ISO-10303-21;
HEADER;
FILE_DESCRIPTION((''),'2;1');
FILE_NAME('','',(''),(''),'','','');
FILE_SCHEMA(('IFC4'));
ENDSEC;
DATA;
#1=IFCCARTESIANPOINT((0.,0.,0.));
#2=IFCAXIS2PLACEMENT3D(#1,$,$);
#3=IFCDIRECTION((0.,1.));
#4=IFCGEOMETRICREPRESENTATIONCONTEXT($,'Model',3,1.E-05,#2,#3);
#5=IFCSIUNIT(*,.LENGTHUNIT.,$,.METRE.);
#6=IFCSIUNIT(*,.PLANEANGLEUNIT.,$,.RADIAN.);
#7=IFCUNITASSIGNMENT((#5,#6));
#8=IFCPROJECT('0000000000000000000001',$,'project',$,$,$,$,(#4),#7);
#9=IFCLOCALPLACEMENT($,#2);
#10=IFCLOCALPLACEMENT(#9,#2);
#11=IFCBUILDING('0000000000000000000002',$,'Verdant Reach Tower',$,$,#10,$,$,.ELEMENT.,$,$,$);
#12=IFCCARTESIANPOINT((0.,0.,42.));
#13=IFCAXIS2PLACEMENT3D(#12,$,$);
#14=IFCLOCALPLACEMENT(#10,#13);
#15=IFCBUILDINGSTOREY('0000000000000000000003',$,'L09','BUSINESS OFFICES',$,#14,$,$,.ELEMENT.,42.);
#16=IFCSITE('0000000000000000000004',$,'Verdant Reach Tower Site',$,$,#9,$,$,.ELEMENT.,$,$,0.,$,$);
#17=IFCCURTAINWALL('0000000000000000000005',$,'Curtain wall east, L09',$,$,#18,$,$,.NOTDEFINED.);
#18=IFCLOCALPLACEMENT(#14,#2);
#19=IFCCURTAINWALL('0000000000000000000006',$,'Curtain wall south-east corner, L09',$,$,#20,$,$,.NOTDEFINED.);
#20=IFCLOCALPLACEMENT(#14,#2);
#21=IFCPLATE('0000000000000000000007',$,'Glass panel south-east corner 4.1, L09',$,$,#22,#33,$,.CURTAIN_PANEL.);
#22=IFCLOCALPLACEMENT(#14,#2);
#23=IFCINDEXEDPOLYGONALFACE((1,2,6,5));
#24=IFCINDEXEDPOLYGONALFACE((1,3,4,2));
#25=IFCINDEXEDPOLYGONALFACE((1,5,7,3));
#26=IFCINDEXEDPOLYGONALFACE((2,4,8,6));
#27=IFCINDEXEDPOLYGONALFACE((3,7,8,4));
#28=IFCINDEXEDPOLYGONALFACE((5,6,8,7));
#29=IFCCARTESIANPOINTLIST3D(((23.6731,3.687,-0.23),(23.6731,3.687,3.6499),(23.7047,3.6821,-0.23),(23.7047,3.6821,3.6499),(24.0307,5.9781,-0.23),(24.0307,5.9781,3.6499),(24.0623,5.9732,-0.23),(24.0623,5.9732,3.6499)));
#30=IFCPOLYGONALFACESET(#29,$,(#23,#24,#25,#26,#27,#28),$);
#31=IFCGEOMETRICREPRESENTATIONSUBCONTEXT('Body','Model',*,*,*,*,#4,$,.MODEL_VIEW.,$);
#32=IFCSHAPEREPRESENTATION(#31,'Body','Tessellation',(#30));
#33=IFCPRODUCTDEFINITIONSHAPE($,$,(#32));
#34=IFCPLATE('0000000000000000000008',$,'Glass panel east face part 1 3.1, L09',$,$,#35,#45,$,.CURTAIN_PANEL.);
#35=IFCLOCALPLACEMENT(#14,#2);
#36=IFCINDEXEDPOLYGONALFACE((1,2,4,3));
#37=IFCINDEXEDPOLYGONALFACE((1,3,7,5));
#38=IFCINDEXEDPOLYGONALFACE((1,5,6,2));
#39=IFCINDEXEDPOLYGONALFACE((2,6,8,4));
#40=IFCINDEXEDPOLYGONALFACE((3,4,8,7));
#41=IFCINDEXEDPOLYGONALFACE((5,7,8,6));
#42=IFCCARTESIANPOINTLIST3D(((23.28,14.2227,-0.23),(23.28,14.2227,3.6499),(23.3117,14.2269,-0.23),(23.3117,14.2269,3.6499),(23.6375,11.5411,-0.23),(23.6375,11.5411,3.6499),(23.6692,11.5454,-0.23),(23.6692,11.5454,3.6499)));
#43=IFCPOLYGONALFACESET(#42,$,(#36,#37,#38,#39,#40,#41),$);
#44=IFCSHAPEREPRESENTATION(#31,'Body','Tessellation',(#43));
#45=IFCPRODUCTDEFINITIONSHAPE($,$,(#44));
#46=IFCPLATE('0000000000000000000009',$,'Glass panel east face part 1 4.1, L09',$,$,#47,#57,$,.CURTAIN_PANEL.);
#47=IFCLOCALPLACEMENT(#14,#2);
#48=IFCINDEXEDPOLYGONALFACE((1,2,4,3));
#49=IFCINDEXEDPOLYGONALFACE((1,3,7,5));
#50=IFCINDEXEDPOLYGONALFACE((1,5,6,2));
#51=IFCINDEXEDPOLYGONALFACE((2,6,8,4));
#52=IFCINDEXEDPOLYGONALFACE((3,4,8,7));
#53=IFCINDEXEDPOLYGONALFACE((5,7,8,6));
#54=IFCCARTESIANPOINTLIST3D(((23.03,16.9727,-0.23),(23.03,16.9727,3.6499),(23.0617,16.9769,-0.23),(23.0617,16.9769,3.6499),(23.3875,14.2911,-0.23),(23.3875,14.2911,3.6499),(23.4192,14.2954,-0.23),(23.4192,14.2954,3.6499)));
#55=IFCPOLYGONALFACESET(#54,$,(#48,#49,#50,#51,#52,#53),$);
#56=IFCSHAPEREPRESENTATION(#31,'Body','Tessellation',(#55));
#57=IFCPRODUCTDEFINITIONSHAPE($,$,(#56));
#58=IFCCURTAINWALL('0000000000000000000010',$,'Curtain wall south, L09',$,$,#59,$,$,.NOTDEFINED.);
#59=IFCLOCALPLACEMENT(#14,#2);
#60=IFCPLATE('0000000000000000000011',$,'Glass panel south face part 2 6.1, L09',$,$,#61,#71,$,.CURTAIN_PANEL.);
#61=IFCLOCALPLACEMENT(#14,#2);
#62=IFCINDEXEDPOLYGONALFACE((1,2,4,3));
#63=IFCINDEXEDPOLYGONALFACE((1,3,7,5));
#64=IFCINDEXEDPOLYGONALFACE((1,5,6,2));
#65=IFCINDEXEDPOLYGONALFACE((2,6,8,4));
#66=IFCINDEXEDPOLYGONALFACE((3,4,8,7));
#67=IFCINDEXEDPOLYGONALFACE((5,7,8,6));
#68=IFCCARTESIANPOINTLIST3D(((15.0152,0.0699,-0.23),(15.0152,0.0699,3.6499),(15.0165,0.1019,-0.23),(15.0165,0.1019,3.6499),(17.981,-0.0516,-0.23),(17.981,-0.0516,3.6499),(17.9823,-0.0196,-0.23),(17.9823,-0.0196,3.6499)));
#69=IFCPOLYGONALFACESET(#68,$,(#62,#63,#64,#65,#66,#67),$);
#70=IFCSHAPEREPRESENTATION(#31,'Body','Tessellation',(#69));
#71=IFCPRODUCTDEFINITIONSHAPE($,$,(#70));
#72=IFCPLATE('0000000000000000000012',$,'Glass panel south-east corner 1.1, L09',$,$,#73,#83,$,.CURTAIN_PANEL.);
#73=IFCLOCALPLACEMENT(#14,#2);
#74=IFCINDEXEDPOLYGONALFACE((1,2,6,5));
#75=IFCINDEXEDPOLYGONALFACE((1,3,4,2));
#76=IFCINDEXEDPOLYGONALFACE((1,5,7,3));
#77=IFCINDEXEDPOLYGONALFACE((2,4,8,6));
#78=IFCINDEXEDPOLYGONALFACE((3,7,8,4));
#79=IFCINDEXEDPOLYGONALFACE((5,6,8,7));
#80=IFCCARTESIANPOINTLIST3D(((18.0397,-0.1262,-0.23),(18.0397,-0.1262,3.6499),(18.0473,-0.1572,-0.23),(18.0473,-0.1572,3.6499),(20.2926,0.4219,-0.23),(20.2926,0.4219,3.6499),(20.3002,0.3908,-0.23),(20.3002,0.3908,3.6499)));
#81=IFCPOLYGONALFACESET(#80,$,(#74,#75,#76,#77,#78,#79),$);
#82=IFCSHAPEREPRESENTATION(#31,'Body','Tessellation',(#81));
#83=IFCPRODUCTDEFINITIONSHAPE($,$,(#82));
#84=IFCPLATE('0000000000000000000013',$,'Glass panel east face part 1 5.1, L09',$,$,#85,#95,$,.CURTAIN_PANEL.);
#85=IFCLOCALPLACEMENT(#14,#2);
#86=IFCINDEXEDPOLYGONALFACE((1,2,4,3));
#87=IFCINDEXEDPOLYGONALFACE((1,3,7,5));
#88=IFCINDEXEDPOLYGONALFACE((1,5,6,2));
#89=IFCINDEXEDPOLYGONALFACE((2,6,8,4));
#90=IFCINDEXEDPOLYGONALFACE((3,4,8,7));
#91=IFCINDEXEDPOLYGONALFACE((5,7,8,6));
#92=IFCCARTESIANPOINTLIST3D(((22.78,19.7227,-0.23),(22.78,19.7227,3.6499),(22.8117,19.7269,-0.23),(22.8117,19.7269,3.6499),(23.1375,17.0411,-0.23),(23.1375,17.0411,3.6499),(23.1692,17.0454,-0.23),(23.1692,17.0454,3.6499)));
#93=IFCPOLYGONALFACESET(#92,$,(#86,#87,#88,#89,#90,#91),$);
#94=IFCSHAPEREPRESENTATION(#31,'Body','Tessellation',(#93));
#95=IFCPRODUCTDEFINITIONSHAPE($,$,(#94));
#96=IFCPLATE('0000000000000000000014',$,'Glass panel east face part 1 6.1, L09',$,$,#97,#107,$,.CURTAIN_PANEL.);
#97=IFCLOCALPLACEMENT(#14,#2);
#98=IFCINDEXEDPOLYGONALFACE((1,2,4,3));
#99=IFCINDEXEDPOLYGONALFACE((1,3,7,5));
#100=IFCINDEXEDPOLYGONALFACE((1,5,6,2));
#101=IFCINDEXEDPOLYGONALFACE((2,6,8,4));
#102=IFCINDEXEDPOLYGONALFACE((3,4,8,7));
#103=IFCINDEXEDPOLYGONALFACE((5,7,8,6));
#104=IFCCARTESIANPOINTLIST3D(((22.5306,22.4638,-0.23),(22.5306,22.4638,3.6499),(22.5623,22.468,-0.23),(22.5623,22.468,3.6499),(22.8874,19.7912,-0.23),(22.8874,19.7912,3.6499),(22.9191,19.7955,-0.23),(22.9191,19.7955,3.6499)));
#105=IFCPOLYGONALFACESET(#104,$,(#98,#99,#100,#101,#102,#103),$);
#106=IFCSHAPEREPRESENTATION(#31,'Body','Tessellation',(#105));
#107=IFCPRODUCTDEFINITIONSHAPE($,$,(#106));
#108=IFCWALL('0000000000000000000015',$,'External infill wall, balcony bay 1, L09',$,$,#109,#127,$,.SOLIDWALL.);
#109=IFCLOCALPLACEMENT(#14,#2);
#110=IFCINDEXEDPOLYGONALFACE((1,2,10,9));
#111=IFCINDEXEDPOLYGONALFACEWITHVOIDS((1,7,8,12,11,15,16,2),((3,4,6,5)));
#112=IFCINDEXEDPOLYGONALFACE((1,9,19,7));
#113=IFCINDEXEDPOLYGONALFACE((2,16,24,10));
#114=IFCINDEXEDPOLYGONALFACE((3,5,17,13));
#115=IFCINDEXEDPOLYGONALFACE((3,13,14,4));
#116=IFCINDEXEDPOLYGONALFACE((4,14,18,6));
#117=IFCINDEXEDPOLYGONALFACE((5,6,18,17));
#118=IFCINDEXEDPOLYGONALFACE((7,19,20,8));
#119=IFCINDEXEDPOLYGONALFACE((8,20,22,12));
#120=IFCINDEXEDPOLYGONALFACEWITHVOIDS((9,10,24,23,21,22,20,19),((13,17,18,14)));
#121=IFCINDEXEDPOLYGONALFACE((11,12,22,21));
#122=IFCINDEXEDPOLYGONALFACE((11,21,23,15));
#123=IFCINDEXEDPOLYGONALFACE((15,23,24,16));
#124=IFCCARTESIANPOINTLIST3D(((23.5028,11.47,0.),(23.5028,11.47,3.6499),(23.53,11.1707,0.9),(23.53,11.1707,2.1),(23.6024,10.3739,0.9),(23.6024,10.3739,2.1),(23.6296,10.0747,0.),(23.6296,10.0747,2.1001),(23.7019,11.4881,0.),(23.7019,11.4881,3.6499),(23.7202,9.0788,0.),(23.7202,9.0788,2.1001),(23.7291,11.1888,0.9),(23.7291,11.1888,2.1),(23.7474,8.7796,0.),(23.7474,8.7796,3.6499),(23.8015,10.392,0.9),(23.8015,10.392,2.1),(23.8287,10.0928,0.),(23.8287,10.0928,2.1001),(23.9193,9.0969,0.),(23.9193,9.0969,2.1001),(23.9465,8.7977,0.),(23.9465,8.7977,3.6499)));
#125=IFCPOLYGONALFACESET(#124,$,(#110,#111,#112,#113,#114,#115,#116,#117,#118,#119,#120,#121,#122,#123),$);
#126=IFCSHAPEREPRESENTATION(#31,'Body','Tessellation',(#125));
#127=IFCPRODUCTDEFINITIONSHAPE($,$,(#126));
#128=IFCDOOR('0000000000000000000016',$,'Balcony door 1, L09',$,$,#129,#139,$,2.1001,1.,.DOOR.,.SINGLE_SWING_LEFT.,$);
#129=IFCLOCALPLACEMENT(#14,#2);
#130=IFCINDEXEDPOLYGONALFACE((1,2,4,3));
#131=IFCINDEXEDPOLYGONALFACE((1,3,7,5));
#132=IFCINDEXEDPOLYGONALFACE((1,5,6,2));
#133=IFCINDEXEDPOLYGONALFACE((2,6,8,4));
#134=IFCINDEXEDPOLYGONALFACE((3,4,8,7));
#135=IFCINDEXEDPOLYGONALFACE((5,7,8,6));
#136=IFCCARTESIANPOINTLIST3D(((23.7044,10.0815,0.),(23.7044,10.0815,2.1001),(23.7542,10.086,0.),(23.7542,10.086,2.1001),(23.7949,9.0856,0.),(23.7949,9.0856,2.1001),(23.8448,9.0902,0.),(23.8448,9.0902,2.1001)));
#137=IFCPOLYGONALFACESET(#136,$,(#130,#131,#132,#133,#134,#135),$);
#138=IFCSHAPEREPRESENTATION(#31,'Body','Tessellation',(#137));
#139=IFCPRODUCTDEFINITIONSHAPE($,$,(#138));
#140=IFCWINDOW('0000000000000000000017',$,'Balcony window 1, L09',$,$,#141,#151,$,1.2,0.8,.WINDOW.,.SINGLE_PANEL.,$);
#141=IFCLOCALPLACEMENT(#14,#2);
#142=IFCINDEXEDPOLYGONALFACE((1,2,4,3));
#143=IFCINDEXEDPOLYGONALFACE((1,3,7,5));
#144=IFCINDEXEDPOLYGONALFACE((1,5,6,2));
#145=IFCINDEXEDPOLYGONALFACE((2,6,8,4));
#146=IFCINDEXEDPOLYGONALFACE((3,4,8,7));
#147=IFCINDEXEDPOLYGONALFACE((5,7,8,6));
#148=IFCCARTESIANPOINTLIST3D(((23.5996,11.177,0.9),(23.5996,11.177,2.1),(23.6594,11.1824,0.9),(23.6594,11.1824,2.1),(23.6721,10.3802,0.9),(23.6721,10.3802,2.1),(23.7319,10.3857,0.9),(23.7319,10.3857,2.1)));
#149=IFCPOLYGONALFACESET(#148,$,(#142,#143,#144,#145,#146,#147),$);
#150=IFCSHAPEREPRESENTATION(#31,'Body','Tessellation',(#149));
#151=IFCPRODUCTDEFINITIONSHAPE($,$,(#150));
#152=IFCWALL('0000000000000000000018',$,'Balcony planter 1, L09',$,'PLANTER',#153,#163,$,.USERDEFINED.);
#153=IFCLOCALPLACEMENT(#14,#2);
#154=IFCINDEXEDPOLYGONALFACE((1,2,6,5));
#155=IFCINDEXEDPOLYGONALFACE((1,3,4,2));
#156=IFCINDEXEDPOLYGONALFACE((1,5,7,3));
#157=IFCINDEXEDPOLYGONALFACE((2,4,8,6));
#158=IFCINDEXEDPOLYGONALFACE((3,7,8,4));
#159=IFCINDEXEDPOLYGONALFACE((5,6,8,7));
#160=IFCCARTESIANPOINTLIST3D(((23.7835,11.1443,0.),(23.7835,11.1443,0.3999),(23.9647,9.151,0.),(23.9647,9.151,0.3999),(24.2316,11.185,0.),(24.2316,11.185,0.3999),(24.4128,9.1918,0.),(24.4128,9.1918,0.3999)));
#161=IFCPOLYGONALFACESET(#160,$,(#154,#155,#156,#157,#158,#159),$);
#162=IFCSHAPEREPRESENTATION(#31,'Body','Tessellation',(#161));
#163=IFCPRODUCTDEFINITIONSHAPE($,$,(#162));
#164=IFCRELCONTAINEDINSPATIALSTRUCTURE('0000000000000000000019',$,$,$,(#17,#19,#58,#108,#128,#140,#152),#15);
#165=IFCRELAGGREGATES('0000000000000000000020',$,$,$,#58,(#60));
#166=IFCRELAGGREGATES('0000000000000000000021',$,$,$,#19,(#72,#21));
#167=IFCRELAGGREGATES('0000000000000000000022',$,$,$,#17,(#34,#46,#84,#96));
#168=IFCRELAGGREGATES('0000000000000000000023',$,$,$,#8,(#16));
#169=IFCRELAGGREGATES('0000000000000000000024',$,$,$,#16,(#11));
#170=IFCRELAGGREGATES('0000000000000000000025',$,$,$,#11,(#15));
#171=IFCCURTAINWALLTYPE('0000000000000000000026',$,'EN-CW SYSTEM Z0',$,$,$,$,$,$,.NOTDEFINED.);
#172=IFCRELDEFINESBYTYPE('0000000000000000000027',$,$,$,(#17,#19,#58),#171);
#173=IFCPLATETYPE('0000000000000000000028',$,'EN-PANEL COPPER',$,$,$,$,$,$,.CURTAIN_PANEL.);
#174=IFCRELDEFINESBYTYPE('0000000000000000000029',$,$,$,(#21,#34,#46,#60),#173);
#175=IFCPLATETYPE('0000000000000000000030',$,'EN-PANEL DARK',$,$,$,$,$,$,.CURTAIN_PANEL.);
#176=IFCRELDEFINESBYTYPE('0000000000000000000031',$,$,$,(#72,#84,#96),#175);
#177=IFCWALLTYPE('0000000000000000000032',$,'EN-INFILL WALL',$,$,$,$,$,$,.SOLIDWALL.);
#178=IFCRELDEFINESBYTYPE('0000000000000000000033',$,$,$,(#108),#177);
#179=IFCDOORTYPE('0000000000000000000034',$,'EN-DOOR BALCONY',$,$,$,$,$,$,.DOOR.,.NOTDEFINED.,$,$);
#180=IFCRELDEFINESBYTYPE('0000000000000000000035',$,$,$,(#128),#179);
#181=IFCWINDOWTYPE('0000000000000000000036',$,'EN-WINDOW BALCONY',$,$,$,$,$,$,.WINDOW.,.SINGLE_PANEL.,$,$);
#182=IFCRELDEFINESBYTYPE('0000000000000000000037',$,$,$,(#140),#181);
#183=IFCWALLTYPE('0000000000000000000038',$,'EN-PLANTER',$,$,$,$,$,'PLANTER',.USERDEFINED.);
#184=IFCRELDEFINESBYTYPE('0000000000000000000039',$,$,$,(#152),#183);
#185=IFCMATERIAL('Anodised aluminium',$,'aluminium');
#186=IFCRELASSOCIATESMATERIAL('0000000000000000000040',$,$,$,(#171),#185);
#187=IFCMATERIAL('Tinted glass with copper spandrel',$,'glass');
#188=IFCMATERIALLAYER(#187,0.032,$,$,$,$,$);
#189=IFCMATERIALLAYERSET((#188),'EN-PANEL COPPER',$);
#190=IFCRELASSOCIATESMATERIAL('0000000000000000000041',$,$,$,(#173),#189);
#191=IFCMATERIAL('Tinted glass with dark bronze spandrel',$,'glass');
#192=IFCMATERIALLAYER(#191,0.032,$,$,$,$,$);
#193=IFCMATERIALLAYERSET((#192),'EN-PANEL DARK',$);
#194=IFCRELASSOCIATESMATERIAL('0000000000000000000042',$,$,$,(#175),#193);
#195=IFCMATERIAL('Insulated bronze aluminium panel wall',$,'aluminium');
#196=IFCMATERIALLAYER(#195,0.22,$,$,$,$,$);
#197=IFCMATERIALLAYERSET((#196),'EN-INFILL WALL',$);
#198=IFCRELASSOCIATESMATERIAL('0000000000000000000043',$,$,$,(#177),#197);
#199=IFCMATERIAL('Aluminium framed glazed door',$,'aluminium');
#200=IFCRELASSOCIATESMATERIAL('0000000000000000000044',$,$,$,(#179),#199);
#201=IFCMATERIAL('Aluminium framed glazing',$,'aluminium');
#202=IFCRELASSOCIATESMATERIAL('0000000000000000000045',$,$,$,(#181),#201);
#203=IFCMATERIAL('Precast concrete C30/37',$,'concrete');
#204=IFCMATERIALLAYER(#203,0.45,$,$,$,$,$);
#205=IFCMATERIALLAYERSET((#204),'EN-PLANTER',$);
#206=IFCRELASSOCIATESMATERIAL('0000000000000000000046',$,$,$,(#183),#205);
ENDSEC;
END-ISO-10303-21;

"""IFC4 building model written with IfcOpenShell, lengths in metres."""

from ifc_helpers import new_model, si_unit, direction, frame, frame_2d, origin, origin_2d, place, context, subcontext, project, spatial, rectangle, extrude, material, layer, layer_set, type_object, element, fill, aggregate, save


model = new_model("IFC4")

# Units and contexts
model_context = context("Model", 3, precision=1e-05, world=origin(), true_north=direction((0.0, 1.0)))
body_context = subcontext(model_context, "Body", "Model", "MODEL_VIEW")
ifc_project = project(units=[si_unit("LENGTHUNIT", "METRE"), si_unit("PLANEANGLEUNIT", "RADIAN")], contexts=[model_context])

# Site, building, storey
site_placement = place(None, origin())
site = spatial("IfcSite", under=ifc_project, at=site_placement, Name="Verdant Reach Tower Site", CompositionType="ELEMENT", RefElevation=0.0)
building_placement = place(site_placement, origin())
building = spatial("IfcBuilding", under=site, at=building_placement, Name="Verdant Reach Tower", CompositionType="ELEMENT")
storey_placement = place(building_placement, frame((0.0, 0.0, 42.0)))
storey = spatial("IfcBuildingStorey", under=building, at=storey_placement, Name="L09", Description="BUSINESS OFFICES", CompositionType="ELEMENT", Elevation=42.0)

# Curtain wall
ifc_material_1 = material(Name="Anodised aluminium", Category="aluminium")
curtain_wall_type = type_object("IfcCurtainWallType", Name="EN-CW SYSTEM Z0", PredefinedType="NOTDEFINED", material=ifc_material_1)
curtain_wall_1_placement = place(storey_placement, origin())
curtain_wall_1 = element("IfcCurtainWall", 1, at=curtain_wall_1_placement, inside=storey, type_object=curtain_wall_type, Name="Curtain wall east, L09", PredefinedType="NOTDEFINED")

# Curtain wall
curtain_wall_2_placement = place(storey_placement, origin())
curtain_wall_2 = element("IfcCurtainWall", 2, at=curtain_wall_2_placement, inside=storey, type_object=curtain_wall_type, Name="Curtain wall south-east corner, L09", PredefinedType="NOTDEFINED")

# Plates
ifc_material_2 = material(Name="Tinted glass with copper spandrel", Category="glass")
ifc_layer_1 = layer(ifc_material_2, 0.032)
ifc_layer_set_1 = layer_set([ifc_layer_1], Name="EN-PANEL COPPER")
plate_type_1 = type_object("IfcPlateType", Name="EN-PANEL COPPER", PredefinedType="CURTAIN_PANEL", material=ifc_layer_set_1)
plate_1_placement = place(storey_placement, frame((23.8677, 4.8301, -0.23), z_axis=(0.0, 0.0, 1.0), x_axis=(0.154211, 0.988038, 0.0)))
plate_1 = element("IfcPlate", 3, at=plate_1_placement, type_object=plate_type_1, Name="Glass panel south-east corner 4.1, L09", PredefinedType="CURTAIN_PANEL", context=body_context, shape_type="SweptSolid", body=[
    extrude(rectangle(XDim=2.3188, YDim=0.032, at=origin_2d()), origin(), (0.0, 0.0, 1.0), 3.8799),
])
plate_2_placement = place(storey_placement, frame((23.4746, 12.884, -0.23), z_axis=(0.0, 0.0, 1.0), x_axis=(-0.13216, 0.991228, 0.0)))
plate_2 = element("IfcPlate", 4, at=plate_2_placement, type_object=plate_type_1, Name="Glass panel east face part 1 3.1, L09", PredefinedType="CURTAIN_PANEL", context=body_context, shape_type="SweptSolid", body=[
    extrude(rectangle(XDim=2.7053, YDim=0.032, at=origin_2d()), origin(), (0.0, 0.0, 1.0), 3.8799),
])
plate_3_placement = place(storey_placement, frame((23.2246, 15.634, -0.23), z_axis=(0.0, 0.0, 1.0), x_axis=(-0.13216, 0.991228, 0.0)))
plate_3 = element("IfcPlate", 5, at=plate_3_placement, type_object=plate_type_1, Name="Glass panel east face part 1 4.1, L09", PredefinedType="CURTAIN_PANEL", context=body_context, shape_type="SweptSolid", body=[
    extrude(rectangle(XDim=2.7053, YDim=0.032, at=origin_2d()), origin(), (0.0, 0.0, 1.0), 3.8799),
])

# Curtain wall, plate
curtain_wall_3_placement = place(storey_placement, origin())
curtain_wall_3 = element("IfcCurtainWall", 6, at=curtain_wall_3_placement, inside=storey, type_object=curtain_wall_type, Name="Curtain wall south, L09", PredefinedType="NOTDEFINED")
plate_4_placement = place(storey_placement, frame((16.4988, 0.0251, -0.23), z_axis=(0.0, 0.0, 1.0), x_axis=(0.999162, -0.04092, 0.0)))
plate_4 = element("IfcPlate", 7, at=plate_4_placement, type_object=plate_type_1, Name="Glass panel south face part 2 6.1, L09", PredefinedType="CURTAIN_PANEL", context=body_context, shape_type="SweptSolid", body=[
    extrude(rectangle(XDim=2.9683, YDim=0.032, at=origin_2d()), origin(), (0.0, 0.0, 1.0), 3.8799),
])
aggregate(curtain_wall_3, [plate_4])

# Plates
ifc_material_3 = material(Name="Tinted glass with dark bronze spandrel", Category="glass")
ifc_layer_2 = layer(ifc_material_3, 0.032)
ifc_layer_set_2 = layer_set([ifc_layer_2], Name="EN-PANEL DARK")
plate_type_2 = type_object("IfcPlateType", Name="EN-PANEL DARK", PredefinedType="CURTAIN_PANEL", material=ifc_layer_set_2)
plate_5_placement = place(storey_placement, frame((19.1699, 0.1323, -0.23), z_axis=(0.0, 0.0, 1.0), x_axis=(0.971663, 0.236369, 0.0)))
plate_5 = element("IfcPlate", 8, at=plate_5_placement, type_object=plate_type_2, Name="Glass panel south-east corner 1.1, L09", PredefinedType="CURTAIN_PANEL", context=body_context, shape_type="SweptSolid", body=[
    extrude(rectangle(XDim=2.3186, YDim=0.032, at=origin_2d()), origin(), (0.0, 0.0, 1.0), 3.8799),
])
aggregate(curtain_wall_2, [plate_5, plate_1])
plate_6_placement = place(storey_placement, frame((22.9746, 18.384, -0.23), z_axis=(0.0, 0.0, 1.0), x_axis=(-0.13216, 0.991228, 0.0)))
plate_6 = element("IfcPlate", 9, at=plate_6_placement, type_object=plate_type_2, Name="Glass panel east face part 1 5.1, L09", PredefinedType="CURTAIN_PANEL", context=body_context, shape_type="SweptSolid", body=[
    extrude(rectangle(XDim=2.7053, YDim=0.032, at=origin_2d()), origin(), (0.0, 0.0, 1.0), 3.8799),
])
plate_7_placement = place(storey_placement, frame((22.7249, 21.1296, -0.23), z_axis=(0.0, 0.0, 1.0), x_axis=(-0.132308, 0.991209, 0.0)))
plate_7 = element("IfcPlate", 10, at=plate_7_placement, type_object=plate_type_2, Name="Glass panel east face part 1 6.1, L09", PredefinedType="CURTAIN_PANEL", context=body_context, shape_type="SweptSolid", body=[
    extrude(rectangle(XDim=2.6963, YDim=0.032, at=origin_2d()), origin(), (0.0, 0.0, 1.0), 3.8799),
])
aggregate(curtain_wall_1, [plate_2, plate_3, plate_6, plate_7])

# Wall, openings, door, window
ifc_material_4 = material(Name="Insulated bronze aluminium panel wall", Category="aluminium")
ifc_layer_3 = layer(ifc_material_4, 0.22)
ifc_layer_set_3 = layer_set([ifc_layer_3], Name="EN-INFILL WALL")
wall_type_1 = type_object("IfcWallType", Name="EN-INFILL WALL", PredefinedType="SOLIDWALL", material=ifc_layer_set_3)
wall_1_placement = place(storey_placement, frame((23.8469, 8.7888, 0.0), z_axis=(0.0, 0.0, 1.0), x_axis=(-0.090552, 0.995892, 0.0)))
wall_1 = element("IfcWall", 11, at=wall_1_placement, inside=storey, type_object=wall_type_1, Name="External infill wall, balcony bay 1, L09", PredefinedType="SOLIDWALL", context=body_context, shape_type="SweptSolid", body=[
    extrude(rectangle(XDim=2.7014, YDim=0.2, at=frame_2d((1.3506, 0.0))), origin(), (0.0, 0.0, 1.0), 3.6499),
])
opening_1_placement = place(wall_1_placement, frame((0.3003, 0.0, 0.0)))
opening_1 = element("IfcOpeningElement", 12, at=opening_1_placement, cuts=wall_1, PredefinedType="OPENING", context=body_context, shape_type="SweptSolid", body=[
    extrude(rectangle(XDim=1.0, YDim=2.1001, at=frame_2d((0.5, 1.05))), frame((0.0, 0.1099, 0.0), z_axis=(0.0, -1.0, 0.0), x_axis=(1.0, 0.0, 0.0)), (0.0, 0.0, 1.0), 0.22),
])
opening_2_placement = place(wall_1_placement, frame((1.6008, 0.0, 0.8999)))
opening_2 = element("IfcOpeningElement", 13, at=opening_2_placement, cuts=wall_1, PredefinedType="OPENING", context=body_context, shape_type="SweptSolid", body=[
    extrude(rectangle(XDim=0.8, YDim=1.2, at=frame_2d((0.3999, 0.6001))), frame((0.0, 0.1099, 0.0), z_axis=(0.0, -1.0, 0.0), x_axis=(1.0, 0.0, 0.0)), (0.0, 0.0, 1.0), 0.22),
])
ifc_material_5 = material(Name="Aluminium framed glazed door", Category="aluminium")
door_type_1 = type_object("IfcDoorType", Name="EN-DOOR BALCONY", OperationType="NOTDEFINED", PredefinedType="DOOR", material=ifc_material_5)
door_1_placement = place(opening_1_placement, origin())
door_1 = element("IfcDoor", 14, at=door_1_placement, inside=storey, type_object=door_type_1, Name="Balcony door 1, L09", OperationType="SINGLE_SWING_LEFT", OverallHeight=2.1001, OverallWidth=1.0, PredefinedType="DOOR", context=body_context, shape_type="SweptSolid", body=[
    extrude(rectangle(XDim=1.0, YDim=2.1001, at=frame_2d((0.5, 1.05))), frame((0.0, 0.0249, 0.0), z_axis=(0.0, -1.0, 0.0), x_axis=(1.0, 0.0, 0.0)), (0.0, 0.0, 1.0), 0.05),
])
fill(opening_1, door_1)
ifc_material_6 = material(Name="Aluminium framed glazing", Category="aluminium")
window_type = type_object("IfcWindowType", Name="EN-WINDOW BALCONY", PartitioningType="SINGLE_PANEL", PredefinedType="WINDOW", material=ifc_material_6)
window_placement = place(opening_2_placement, origin())
window = element("IfcWindow", 15, at=window_placement, inside=storey, type_object=window_type, Name="Balcony window 1, L09", OverallHeight=1.2, OverallWidth=0.8, PartitioningType="SINGLE_PANEL", PredefinedType="WINDOW", context=body_context, shape_type="SweptSolid", body=[
    extrude(rectangle(XDim=0.8, YDim=1.2, at=frame_2d((0.3999, 0.6001))), frame((0.0, 0.03, 0.0), z_axis=(0.0, -1.0, 0.0), x_axis=(1.0, 0.0, 0.0)), (0.0, 0.0, 1.0), 0.0601),
])
fill(opening_2, window)

# Wall
ifc_material_7 = material(Name="Precast concrete C30/37", Category="concrete")
ifc_layer_4 = layer(ifc_material_7, 0.45)
ifc_layer_set_4 = layer_set([ifc_layer_4], Name="EN-PLANTER")
wall_type_2 = type_object("IfcWallType", Name="EN-PLANTER", ElementType="PLANTER", PredefinedType="USERDEFINED", material=ifc_layer_set_4)
wall_2_placement = place(storey_placement, frame((24.1887, 9.1714, 0.0), z_axis=(0.0, 0.0, 1.0), x_axis=(-0.090514, 0.995895, 0.0)))
element("IfcWall", 16, at=wall_2_placement, inside=storey, type_object=wall_type_2, Name="Balcony planter 1, L09", ObjectType="PLANTER", PredefinedType="USERDEFINED", context=body_context, shape_type="SweptSolid", body=[
    extrude(rectangle(XDim=2.0015, YDim=0.45, at=frame_2d((1.0007, 0.0))), origin(), (0.0, 0.0, 1.0), 0.3999),
])

save(model, "model.ifc")
